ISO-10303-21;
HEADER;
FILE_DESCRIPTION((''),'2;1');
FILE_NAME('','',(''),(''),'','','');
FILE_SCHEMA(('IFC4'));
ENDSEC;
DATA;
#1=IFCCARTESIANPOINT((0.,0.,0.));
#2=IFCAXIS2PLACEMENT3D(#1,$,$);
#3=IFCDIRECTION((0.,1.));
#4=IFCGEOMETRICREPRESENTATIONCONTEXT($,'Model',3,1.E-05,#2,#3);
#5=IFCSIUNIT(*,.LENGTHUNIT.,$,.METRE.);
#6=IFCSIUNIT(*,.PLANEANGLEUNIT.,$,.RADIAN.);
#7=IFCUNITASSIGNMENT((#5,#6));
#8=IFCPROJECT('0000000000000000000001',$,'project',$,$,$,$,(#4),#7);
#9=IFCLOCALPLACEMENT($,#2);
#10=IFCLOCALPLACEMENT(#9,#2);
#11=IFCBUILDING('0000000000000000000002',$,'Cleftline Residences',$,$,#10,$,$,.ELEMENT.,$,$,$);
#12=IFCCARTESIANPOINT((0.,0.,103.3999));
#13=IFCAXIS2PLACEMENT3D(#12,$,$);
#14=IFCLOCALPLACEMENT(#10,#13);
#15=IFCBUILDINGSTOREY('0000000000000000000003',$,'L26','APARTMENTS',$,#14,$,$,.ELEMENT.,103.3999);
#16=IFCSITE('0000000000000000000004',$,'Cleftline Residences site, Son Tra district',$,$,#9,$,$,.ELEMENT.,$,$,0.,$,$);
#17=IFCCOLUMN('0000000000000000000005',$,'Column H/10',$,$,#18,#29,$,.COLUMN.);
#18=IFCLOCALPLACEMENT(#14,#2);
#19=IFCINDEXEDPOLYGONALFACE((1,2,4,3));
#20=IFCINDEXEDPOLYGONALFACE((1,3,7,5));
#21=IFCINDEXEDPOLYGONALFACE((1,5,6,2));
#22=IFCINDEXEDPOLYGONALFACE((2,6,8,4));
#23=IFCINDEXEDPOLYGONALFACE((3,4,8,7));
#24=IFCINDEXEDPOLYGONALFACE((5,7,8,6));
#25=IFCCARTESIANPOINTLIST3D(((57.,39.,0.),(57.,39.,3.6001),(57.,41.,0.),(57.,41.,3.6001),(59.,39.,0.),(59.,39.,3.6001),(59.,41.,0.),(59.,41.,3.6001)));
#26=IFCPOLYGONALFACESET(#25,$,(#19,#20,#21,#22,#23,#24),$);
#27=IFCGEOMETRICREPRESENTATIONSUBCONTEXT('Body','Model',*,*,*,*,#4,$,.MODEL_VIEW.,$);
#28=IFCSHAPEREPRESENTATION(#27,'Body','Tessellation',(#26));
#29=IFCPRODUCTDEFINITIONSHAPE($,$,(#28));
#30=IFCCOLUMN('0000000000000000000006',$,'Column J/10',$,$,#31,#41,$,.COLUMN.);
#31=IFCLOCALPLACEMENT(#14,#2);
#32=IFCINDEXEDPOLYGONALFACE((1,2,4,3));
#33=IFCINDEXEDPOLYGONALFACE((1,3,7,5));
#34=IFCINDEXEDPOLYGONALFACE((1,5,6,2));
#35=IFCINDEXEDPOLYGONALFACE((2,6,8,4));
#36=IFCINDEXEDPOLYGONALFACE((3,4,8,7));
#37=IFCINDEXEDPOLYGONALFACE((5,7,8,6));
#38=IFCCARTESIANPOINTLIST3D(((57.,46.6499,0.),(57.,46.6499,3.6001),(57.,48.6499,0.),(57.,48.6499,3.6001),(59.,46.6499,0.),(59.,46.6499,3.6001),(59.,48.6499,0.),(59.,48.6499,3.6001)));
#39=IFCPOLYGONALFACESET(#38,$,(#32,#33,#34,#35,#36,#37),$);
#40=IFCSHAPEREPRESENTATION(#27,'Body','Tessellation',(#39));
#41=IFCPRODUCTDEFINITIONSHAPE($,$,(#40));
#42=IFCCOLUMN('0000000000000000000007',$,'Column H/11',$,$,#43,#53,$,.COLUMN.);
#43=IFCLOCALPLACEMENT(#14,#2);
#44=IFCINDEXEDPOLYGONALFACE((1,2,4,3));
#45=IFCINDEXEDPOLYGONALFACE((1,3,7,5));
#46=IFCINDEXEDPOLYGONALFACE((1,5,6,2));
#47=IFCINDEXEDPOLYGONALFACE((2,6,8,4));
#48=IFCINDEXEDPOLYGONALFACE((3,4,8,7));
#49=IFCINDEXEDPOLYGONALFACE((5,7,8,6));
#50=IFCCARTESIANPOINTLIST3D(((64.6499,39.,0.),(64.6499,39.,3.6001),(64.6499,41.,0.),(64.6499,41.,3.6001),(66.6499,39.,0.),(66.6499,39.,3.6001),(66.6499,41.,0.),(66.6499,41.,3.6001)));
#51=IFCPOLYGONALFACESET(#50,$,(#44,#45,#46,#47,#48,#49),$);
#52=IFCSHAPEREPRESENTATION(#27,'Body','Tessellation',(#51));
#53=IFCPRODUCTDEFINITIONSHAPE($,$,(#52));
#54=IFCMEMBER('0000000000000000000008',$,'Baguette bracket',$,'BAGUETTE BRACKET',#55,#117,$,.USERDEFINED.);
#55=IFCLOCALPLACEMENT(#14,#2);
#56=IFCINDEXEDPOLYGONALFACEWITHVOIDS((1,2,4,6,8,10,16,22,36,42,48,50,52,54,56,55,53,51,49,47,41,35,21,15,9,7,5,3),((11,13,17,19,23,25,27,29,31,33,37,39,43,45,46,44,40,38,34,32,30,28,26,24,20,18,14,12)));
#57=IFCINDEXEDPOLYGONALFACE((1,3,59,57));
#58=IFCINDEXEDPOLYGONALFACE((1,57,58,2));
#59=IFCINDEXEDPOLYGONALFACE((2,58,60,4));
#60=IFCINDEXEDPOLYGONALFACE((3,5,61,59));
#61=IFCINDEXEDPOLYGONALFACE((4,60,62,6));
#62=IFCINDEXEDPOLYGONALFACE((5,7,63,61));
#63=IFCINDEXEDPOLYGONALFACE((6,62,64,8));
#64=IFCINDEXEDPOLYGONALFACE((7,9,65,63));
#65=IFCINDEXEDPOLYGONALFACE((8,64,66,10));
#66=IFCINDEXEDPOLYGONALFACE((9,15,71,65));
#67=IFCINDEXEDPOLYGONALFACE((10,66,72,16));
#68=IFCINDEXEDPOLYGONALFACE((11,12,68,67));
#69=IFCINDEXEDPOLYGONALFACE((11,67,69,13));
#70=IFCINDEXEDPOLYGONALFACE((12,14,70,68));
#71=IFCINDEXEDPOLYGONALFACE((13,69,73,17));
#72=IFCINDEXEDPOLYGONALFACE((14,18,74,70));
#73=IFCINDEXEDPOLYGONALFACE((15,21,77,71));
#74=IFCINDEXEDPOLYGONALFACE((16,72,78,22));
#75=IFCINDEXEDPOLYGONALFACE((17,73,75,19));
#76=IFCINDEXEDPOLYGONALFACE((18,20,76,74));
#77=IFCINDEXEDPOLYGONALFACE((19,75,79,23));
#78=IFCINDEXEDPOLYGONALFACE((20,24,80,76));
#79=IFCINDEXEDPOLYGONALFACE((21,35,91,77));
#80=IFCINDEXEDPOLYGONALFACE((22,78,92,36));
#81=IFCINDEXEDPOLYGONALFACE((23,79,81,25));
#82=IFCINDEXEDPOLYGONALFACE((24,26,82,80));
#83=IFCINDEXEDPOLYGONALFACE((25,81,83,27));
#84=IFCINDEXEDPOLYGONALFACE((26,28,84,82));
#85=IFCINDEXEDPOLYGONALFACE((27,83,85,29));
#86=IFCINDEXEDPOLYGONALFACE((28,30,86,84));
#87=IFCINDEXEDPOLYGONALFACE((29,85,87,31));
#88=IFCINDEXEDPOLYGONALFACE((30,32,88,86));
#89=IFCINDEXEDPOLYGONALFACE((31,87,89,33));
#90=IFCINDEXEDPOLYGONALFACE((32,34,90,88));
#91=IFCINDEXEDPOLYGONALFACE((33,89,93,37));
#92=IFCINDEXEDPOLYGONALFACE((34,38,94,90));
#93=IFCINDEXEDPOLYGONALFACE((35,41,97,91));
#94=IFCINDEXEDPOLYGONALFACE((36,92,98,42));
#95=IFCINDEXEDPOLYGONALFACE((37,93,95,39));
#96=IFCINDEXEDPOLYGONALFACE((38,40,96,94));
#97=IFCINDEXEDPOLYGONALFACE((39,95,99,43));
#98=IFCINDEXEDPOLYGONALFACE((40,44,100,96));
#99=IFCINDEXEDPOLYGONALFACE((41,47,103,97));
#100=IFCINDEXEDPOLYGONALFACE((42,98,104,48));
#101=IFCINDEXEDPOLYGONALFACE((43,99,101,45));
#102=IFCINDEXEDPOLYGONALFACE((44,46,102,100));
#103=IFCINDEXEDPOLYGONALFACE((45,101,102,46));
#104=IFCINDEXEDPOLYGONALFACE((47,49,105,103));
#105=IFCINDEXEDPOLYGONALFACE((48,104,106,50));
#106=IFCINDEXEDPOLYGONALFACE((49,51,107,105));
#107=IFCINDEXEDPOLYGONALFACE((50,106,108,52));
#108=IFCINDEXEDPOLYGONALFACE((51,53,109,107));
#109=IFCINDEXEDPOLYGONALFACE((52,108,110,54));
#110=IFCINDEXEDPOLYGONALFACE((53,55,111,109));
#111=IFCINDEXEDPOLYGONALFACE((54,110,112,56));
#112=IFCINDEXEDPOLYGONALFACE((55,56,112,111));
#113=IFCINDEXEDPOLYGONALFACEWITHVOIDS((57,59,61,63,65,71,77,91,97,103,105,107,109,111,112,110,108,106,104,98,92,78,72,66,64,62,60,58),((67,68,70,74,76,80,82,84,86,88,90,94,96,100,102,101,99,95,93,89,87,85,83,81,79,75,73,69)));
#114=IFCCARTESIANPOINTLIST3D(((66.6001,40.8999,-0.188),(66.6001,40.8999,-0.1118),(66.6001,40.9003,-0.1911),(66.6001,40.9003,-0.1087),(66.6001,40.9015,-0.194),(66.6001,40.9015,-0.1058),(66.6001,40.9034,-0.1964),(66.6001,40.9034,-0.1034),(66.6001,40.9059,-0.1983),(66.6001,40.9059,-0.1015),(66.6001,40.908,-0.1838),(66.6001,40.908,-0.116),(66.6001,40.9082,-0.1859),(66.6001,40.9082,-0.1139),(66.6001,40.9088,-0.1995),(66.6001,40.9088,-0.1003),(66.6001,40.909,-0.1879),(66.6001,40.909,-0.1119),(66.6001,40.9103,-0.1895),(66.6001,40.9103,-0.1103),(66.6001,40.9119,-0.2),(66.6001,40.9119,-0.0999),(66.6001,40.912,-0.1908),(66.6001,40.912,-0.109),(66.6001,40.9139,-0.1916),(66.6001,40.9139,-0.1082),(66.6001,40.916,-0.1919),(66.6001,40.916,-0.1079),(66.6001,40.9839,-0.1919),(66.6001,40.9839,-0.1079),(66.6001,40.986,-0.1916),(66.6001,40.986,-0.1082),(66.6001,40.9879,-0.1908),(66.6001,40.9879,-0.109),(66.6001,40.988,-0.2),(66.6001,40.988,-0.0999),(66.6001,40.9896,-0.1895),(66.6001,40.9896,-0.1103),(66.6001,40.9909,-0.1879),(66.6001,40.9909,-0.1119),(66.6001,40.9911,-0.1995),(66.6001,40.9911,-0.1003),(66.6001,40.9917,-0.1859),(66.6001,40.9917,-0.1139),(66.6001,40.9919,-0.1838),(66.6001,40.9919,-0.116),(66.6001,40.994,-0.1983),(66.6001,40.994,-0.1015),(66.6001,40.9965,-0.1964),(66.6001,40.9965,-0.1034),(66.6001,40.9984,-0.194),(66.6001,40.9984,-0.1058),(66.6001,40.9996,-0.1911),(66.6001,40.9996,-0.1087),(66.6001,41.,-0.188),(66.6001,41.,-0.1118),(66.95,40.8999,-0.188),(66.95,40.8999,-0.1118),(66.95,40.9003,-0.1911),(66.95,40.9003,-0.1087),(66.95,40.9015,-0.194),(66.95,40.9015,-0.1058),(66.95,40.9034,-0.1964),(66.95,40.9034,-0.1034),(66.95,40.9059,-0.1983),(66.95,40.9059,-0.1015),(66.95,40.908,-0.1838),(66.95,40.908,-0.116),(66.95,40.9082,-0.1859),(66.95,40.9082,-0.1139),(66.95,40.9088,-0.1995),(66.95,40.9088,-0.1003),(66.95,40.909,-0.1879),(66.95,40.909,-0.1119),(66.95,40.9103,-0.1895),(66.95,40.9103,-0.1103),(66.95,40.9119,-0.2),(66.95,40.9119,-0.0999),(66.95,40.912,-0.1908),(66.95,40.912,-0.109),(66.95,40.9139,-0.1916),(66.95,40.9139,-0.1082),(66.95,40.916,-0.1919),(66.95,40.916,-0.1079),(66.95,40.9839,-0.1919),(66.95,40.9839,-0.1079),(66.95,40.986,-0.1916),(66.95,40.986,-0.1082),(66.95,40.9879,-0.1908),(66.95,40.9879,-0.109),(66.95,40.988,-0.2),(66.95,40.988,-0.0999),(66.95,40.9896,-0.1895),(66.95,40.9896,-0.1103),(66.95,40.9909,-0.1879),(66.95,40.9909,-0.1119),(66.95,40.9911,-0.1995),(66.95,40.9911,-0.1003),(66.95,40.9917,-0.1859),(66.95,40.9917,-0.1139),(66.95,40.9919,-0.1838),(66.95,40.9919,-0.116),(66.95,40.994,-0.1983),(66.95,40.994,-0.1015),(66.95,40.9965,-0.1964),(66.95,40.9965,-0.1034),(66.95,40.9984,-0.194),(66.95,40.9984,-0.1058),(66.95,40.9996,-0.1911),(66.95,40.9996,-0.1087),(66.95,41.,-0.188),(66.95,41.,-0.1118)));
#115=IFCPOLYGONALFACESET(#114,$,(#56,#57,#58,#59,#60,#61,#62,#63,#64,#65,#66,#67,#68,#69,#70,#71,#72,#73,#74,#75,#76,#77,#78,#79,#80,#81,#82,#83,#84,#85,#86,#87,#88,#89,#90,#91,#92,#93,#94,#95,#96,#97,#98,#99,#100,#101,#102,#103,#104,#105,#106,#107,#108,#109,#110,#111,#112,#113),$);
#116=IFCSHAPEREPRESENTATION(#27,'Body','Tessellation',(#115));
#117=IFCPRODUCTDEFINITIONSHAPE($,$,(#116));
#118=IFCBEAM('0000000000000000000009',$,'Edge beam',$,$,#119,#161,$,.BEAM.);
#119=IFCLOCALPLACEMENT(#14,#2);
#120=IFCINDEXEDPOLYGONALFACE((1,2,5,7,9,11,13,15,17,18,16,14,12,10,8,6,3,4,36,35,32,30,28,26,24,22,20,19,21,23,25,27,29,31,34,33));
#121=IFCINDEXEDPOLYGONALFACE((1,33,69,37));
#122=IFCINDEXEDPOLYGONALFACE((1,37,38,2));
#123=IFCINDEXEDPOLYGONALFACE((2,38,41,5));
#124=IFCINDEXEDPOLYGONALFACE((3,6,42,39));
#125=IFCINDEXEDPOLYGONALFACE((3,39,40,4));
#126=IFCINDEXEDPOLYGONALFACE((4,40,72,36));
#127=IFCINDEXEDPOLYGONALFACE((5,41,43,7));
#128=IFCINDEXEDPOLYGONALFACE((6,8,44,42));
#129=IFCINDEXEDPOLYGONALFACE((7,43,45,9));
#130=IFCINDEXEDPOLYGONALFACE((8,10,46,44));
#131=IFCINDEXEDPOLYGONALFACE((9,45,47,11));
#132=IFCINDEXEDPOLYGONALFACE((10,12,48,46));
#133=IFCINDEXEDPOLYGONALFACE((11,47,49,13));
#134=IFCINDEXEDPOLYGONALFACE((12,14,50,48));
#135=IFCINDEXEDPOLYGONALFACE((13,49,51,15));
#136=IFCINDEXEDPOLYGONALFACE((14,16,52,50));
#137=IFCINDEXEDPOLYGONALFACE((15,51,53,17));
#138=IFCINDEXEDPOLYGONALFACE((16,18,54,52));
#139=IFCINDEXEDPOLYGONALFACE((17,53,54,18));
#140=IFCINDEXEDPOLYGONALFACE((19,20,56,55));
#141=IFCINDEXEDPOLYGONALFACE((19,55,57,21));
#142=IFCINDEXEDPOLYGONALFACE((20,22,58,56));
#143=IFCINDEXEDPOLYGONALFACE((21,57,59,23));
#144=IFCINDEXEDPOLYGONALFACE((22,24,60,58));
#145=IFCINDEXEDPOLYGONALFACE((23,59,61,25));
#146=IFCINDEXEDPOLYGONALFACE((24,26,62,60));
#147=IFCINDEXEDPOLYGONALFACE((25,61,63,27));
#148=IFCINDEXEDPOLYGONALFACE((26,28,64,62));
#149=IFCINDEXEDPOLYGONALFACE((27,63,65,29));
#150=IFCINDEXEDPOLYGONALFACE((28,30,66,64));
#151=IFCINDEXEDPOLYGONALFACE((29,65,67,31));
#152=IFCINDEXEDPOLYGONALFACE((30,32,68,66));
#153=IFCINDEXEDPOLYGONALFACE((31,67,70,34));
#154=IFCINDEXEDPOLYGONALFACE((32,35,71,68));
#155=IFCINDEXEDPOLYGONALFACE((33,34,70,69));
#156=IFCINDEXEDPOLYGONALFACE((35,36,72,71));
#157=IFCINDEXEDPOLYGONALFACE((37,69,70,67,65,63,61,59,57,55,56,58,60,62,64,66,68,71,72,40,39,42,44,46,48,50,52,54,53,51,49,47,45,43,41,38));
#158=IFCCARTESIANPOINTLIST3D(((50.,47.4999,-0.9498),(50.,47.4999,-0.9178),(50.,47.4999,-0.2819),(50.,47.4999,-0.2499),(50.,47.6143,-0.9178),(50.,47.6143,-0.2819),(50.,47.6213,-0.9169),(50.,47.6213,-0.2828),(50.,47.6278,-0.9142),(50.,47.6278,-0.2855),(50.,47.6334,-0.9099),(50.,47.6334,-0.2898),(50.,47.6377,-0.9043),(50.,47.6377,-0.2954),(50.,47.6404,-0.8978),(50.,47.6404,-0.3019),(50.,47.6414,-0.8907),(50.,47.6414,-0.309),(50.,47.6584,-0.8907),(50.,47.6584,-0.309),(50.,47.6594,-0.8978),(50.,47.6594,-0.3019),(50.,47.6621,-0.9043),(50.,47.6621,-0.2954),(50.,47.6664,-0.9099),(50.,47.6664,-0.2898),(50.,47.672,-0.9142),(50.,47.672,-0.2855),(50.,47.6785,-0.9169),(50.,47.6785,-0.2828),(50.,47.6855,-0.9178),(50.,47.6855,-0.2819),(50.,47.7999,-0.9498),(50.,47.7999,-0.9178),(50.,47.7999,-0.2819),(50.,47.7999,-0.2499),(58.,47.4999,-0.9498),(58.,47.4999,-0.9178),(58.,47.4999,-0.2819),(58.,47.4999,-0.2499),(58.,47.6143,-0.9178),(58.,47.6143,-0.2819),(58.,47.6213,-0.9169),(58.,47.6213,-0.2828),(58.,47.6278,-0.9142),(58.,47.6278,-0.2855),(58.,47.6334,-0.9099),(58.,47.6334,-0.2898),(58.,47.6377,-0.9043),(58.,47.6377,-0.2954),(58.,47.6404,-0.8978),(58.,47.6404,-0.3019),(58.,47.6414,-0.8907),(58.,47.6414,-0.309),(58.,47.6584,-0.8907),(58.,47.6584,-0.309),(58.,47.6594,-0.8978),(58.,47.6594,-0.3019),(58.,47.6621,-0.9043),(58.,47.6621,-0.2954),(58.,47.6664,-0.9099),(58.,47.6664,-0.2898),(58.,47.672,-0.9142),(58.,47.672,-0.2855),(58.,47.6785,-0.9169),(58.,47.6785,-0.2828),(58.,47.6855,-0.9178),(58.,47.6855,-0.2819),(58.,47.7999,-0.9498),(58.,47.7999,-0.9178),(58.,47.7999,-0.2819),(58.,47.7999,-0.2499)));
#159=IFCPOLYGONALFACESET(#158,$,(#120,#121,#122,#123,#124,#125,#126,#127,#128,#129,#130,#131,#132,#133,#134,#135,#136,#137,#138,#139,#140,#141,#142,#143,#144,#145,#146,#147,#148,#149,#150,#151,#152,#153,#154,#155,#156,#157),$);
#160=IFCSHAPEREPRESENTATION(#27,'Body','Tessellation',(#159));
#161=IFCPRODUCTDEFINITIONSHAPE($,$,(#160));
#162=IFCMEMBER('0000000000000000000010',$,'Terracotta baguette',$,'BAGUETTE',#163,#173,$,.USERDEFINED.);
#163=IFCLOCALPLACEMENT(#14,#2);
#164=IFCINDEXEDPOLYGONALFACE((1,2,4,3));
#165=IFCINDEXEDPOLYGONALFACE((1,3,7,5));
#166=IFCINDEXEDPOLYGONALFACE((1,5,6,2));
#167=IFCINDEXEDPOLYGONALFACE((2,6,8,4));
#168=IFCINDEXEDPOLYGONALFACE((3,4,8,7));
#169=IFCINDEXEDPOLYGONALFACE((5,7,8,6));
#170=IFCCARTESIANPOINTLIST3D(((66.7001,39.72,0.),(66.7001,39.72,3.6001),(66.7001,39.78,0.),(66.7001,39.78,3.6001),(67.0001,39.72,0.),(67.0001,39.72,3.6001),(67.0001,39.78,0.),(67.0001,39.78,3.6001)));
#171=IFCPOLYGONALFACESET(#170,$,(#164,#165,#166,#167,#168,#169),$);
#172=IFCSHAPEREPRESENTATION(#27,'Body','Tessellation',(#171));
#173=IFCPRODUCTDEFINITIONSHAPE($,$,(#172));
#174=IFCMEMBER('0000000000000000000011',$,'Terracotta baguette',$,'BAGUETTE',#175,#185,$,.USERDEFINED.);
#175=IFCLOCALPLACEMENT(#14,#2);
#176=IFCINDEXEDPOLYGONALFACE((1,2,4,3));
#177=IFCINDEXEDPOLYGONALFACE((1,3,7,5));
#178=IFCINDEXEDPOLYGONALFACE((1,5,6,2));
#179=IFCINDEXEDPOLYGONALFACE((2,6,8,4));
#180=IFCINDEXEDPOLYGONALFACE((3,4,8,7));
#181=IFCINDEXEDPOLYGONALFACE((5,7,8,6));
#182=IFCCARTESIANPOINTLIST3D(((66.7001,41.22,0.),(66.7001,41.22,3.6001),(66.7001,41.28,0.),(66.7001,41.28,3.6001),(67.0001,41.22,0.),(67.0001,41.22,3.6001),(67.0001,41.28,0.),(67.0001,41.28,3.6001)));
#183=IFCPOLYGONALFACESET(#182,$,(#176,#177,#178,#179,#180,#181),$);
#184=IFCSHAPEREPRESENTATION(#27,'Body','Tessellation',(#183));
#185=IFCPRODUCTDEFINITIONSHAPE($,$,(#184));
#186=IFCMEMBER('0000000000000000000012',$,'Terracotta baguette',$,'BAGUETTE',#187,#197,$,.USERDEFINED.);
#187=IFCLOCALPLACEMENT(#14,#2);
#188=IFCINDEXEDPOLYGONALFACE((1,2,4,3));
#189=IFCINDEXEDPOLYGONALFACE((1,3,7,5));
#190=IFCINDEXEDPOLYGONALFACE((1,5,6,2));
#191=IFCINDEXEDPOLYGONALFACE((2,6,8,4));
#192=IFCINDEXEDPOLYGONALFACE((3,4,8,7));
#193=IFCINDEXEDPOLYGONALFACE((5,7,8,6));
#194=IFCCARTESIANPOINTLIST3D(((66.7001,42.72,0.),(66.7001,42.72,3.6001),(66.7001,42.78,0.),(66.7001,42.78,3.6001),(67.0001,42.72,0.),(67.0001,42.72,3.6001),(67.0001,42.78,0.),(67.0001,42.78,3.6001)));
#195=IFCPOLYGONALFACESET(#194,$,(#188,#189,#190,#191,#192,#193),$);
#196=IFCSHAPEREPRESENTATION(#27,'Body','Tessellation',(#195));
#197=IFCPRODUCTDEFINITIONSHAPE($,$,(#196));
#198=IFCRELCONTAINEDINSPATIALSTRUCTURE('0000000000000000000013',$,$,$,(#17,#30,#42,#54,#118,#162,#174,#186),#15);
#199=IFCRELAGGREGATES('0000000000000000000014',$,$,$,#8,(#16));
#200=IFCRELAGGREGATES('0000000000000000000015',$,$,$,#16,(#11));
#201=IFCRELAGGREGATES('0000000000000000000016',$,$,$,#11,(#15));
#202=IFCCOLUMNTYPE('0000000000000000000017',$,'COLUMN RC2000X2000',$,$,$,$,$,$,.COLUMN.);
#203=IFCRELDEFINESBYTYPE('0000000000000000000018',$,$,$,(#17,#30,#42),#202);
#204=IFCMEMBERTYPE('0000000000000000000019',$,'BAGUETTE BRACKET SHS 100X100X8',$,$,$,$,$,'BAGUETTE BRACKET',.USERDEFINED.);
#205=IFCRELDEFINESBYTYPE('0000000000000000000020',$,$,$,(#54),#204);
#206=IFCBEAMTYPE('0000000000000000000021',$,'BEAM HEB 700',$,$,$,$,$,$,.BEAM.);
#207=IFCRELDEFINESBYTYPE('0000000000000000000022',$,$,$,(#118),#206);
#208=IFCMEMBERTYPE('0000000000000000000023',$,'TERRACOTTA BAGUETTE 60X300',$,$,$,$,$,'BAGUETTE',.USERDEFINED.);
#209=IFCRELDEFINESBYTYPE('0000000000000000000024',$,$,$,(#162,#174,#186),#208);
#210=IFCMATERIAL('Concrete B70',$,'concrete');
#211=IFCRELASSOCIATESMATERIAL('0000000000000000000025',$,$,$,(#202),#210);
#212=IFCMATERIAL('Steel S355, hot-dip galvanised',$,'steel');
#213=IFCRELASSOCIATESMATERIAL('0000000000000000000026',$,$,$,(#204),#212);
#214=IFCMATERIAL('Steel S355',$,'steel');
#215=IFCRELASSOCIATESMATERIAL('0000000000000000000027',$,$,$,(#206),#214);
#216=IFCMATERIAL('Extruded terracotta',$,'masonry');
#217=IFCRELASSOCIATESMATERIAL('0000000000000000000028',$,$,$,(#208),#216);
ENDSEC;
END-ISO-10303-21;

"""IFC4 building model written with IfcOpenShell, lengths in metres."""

from ifc_helpers import new_model, si_unit, direction, frame, origin, origin_2d, place, context, subcontext, project, spatial, rectangle, hollow_rectangle, i_section, extrude, material, material_profile, profile_set, type_object, element, save


model = new_model("IFC4")

# Units and contexts
model_context = context("Model", 3, precision=1e-05, world=origin(), true_north=direction((0.0, 1.0)))
body_context = subcontext(model_context, "Body", "Model", "MODEL_VIEW")
ifc_project = project(units=[si_unit("LENGTHUNIT", "METRE"), si_unit("PLANEANGLEUNIT", "RADIAN")], contexts=[model_context])

# Site, building, storey
site_placement = place(None, origin())
site = spatial("IfcSite", under=ifc_project, at=site_placement, Name="Cleftline Residences site, Son Tra district", CompositionType="ELEMENT", RefElevation=0.0)
building_placement = place(site_placement, origin())
building = spatial("IfcBuilding", under=site, at=building_placement, Name="Cleftline Residences", CompositionType="ELEMENT")
storey_placement = place(building_placement, frame((0.0, 0.0, 103.3999)))
storey = spatial("IfcBuildingStorey", under=building, at=storey_placement, Name="L26", Description="APARTMENTS", CompositionType="ELEMENT", Elevation=103.3999)

# Columns
ifc_material_1 = material(Name="Concrete B70", Category="concrete")
ifc_material_profile_1 = material_profile(ifc_material_1, rectangle(XDim=2.0, YDim=2.0, at=origin_2d()))
ifc_profile_set_1 = profile_set([ifc_material_profile_1], Name="Concrete B70")
column_type = type_object("IfcColumnType", Name="COLUMN RC2000X2000", PredefinedType="COLUMN", material=ifc_profile_set_1)
for number, where, z_axis, x_axis, name in (
    (1, (58.0, 40.0, 0.0), (0.0, 0.0, 1.0), (1.0, 0.0, 0.0), "Column H/10"),
    (2, (58.0, 47.6499, 0.0), (0.0, 0.0, 1.0), (1.0, 0.0, 0.0), "Column J/10"),
    (3, (65.6499, 40.0, 0.0), (0.0, 0.0, 1.0), (1.0, 0.0, 0.0), "Column H/11"),
):
    element("IfcColumn", number, at=place(storey_placement, frame(where, z_axis=z_axis, x_axis=x_axis)), inside=storey, type_object=column_type, Name=name, PredefinedType="COLUMN", context=body_context, shape_type="SweptSolid", body=[
        extrude(rectangle(XDim=2.0, YDim=2.0, at=origin_2d()), origin(), (0.0, 0.0, 1.0), 3.6001),
    ])

# Member
ifc_material_2 = material(Name="Steel S355, hot-dip galvanised", Category="steel")
ifc_material_profile_2 = material_profile(ifc_material_2, hollow_rectangle(XDim=0.1001, YDim=0.1001, WallThickness=0.0081, InnerFilletRadius=0.0081, OuterFilletRadius=0.012, at=origin_2d()))
ifc_profile_set_2 = profile_set([ifc_material_profile_2], Name="Steel S355, hot-dip galvanised")
member_type_1 = type_object("IfcMemberType", Name="BAGUETTE BRACKET SHS 100X100X8", ElementType="BAGUETTE BRACKET", PredefinedType="USERDEFINED", material=ifc_profile_set_2)
member_placement = place(storey_placement, frame((66.6001, 40.95, -0.1499), z_axis=(1.0, 0.0, 0.0), x_axis=(0.0, 1.0, 0.0)))
element("IfcMember", 4, at=member_placement, inside=storey, type_object=member_type_1, Name="Baguette bracket", ObjectType="BAGUETTE BRACKET", PredefinedType="USERDEFINED", context=body_context, shape_type="SweptSolid", body=[
    extrude(hollow_rectangle(XDim=0.1001, YDim=0.1001, WallThickness=0.0081, InnerFilletRadius=0.0081, OuterFilletRadius=0.012, at=origin_2d()), origin(), (0.0, 0.0, 1.0), 0.3499),
])

# Beam
ifc_material_3 = material(Name="Steel S355", Category="steel")
ifc_material_profile_3 = material_profile(ifc_material_3, i_section(OverallWidth=0.3, OverallDepth=0.7, WebThickness=0.0171, FlangeThickness=0.032, FilletRadius=0.0271, at=origin_2d()))
ifc_profile_set_3 = profile_set([ifc_material_profile_3], Name="Steel S355")
beam_type = type_object("IfcBeamType", Name="BEAM HEB 700", PredefinedType="BEAM", material=ifc_profile_set_3)
beam_placement = place(storey_placement, frame((58.0, 47.6499, -0.5999), z_axis=(-1.0, 0.0, 0.0), x_axis=(0.0, -1.0, 0.0)))
element("IfcBeam", 5, at=beam_placement, inside=storey, type_object=beam_type, Name="Edge beam", PredefinedType="BEAM", context=body_context, shape_type="SweptSolid", body=[
    extrude(i_section(OverallWidth=0.3, OverallDepth=0.7, WebThickness=0.0171, FlangeThickness=0.032, FilletRadius=0.0271, at=origin_2d()), origin(), (0.0, 0.0, 1.0), 8.0),
])

# Members
ifc_material_4 = material(Name="Extruded terracotta", Category="masonry")
ifc_material_profile_4 = material_profile(ifc_material_4, rectangle(XDim=0.0601, YDim=0.3, at=origin_2d()))
ifc_profile_set_4 = profile_set([ifc_material_profile_4], Name="Extruded terracotta")
member_type_2 = type_object("IfcMemberType", Name="TERRACOTTA BAGUETTE 60X300", ElementType="BAGUETTE", PredefinedType="USERDEFINED", material=ifc_profile_set_4)
for number, where, z_axis, x_axis, name in (
    (6, (66.8501, 39.75, 0.0), (0.0, 0.0, 1.0), (0.0, 1.0, 0.0), "Terracotta baguette"),
    (7, (66.8501, 41.25, 0.0), (0.0, 0.0, 1.0), (0.0, 1.0, 0.0), "Terracotta baguette"),
    (8, (66.8501, 42.75, 0.0), (0.0, 0.0, 1.0), (0.0, 1.0, 0.0), "Terracotta baguette"),
):
    element("IfcMember", number, at=place(storey_placement, frame(where, z_axis=z_axis, x_axis=x_axis)), inside=storey, type_object=member_type_2, Name=name, ObjectType="BAGUETTE", PredefinedType="USERDEFINED", context=body_context, shape_type="SweptSolid", body=[
        extrude(rectangle(XDim=0.0601, YDim=0.3, at=origin_2d()), origin(), (0.0, 0.0, 1.0), 3.6001),
    ])

save(model, "model.ifc")
